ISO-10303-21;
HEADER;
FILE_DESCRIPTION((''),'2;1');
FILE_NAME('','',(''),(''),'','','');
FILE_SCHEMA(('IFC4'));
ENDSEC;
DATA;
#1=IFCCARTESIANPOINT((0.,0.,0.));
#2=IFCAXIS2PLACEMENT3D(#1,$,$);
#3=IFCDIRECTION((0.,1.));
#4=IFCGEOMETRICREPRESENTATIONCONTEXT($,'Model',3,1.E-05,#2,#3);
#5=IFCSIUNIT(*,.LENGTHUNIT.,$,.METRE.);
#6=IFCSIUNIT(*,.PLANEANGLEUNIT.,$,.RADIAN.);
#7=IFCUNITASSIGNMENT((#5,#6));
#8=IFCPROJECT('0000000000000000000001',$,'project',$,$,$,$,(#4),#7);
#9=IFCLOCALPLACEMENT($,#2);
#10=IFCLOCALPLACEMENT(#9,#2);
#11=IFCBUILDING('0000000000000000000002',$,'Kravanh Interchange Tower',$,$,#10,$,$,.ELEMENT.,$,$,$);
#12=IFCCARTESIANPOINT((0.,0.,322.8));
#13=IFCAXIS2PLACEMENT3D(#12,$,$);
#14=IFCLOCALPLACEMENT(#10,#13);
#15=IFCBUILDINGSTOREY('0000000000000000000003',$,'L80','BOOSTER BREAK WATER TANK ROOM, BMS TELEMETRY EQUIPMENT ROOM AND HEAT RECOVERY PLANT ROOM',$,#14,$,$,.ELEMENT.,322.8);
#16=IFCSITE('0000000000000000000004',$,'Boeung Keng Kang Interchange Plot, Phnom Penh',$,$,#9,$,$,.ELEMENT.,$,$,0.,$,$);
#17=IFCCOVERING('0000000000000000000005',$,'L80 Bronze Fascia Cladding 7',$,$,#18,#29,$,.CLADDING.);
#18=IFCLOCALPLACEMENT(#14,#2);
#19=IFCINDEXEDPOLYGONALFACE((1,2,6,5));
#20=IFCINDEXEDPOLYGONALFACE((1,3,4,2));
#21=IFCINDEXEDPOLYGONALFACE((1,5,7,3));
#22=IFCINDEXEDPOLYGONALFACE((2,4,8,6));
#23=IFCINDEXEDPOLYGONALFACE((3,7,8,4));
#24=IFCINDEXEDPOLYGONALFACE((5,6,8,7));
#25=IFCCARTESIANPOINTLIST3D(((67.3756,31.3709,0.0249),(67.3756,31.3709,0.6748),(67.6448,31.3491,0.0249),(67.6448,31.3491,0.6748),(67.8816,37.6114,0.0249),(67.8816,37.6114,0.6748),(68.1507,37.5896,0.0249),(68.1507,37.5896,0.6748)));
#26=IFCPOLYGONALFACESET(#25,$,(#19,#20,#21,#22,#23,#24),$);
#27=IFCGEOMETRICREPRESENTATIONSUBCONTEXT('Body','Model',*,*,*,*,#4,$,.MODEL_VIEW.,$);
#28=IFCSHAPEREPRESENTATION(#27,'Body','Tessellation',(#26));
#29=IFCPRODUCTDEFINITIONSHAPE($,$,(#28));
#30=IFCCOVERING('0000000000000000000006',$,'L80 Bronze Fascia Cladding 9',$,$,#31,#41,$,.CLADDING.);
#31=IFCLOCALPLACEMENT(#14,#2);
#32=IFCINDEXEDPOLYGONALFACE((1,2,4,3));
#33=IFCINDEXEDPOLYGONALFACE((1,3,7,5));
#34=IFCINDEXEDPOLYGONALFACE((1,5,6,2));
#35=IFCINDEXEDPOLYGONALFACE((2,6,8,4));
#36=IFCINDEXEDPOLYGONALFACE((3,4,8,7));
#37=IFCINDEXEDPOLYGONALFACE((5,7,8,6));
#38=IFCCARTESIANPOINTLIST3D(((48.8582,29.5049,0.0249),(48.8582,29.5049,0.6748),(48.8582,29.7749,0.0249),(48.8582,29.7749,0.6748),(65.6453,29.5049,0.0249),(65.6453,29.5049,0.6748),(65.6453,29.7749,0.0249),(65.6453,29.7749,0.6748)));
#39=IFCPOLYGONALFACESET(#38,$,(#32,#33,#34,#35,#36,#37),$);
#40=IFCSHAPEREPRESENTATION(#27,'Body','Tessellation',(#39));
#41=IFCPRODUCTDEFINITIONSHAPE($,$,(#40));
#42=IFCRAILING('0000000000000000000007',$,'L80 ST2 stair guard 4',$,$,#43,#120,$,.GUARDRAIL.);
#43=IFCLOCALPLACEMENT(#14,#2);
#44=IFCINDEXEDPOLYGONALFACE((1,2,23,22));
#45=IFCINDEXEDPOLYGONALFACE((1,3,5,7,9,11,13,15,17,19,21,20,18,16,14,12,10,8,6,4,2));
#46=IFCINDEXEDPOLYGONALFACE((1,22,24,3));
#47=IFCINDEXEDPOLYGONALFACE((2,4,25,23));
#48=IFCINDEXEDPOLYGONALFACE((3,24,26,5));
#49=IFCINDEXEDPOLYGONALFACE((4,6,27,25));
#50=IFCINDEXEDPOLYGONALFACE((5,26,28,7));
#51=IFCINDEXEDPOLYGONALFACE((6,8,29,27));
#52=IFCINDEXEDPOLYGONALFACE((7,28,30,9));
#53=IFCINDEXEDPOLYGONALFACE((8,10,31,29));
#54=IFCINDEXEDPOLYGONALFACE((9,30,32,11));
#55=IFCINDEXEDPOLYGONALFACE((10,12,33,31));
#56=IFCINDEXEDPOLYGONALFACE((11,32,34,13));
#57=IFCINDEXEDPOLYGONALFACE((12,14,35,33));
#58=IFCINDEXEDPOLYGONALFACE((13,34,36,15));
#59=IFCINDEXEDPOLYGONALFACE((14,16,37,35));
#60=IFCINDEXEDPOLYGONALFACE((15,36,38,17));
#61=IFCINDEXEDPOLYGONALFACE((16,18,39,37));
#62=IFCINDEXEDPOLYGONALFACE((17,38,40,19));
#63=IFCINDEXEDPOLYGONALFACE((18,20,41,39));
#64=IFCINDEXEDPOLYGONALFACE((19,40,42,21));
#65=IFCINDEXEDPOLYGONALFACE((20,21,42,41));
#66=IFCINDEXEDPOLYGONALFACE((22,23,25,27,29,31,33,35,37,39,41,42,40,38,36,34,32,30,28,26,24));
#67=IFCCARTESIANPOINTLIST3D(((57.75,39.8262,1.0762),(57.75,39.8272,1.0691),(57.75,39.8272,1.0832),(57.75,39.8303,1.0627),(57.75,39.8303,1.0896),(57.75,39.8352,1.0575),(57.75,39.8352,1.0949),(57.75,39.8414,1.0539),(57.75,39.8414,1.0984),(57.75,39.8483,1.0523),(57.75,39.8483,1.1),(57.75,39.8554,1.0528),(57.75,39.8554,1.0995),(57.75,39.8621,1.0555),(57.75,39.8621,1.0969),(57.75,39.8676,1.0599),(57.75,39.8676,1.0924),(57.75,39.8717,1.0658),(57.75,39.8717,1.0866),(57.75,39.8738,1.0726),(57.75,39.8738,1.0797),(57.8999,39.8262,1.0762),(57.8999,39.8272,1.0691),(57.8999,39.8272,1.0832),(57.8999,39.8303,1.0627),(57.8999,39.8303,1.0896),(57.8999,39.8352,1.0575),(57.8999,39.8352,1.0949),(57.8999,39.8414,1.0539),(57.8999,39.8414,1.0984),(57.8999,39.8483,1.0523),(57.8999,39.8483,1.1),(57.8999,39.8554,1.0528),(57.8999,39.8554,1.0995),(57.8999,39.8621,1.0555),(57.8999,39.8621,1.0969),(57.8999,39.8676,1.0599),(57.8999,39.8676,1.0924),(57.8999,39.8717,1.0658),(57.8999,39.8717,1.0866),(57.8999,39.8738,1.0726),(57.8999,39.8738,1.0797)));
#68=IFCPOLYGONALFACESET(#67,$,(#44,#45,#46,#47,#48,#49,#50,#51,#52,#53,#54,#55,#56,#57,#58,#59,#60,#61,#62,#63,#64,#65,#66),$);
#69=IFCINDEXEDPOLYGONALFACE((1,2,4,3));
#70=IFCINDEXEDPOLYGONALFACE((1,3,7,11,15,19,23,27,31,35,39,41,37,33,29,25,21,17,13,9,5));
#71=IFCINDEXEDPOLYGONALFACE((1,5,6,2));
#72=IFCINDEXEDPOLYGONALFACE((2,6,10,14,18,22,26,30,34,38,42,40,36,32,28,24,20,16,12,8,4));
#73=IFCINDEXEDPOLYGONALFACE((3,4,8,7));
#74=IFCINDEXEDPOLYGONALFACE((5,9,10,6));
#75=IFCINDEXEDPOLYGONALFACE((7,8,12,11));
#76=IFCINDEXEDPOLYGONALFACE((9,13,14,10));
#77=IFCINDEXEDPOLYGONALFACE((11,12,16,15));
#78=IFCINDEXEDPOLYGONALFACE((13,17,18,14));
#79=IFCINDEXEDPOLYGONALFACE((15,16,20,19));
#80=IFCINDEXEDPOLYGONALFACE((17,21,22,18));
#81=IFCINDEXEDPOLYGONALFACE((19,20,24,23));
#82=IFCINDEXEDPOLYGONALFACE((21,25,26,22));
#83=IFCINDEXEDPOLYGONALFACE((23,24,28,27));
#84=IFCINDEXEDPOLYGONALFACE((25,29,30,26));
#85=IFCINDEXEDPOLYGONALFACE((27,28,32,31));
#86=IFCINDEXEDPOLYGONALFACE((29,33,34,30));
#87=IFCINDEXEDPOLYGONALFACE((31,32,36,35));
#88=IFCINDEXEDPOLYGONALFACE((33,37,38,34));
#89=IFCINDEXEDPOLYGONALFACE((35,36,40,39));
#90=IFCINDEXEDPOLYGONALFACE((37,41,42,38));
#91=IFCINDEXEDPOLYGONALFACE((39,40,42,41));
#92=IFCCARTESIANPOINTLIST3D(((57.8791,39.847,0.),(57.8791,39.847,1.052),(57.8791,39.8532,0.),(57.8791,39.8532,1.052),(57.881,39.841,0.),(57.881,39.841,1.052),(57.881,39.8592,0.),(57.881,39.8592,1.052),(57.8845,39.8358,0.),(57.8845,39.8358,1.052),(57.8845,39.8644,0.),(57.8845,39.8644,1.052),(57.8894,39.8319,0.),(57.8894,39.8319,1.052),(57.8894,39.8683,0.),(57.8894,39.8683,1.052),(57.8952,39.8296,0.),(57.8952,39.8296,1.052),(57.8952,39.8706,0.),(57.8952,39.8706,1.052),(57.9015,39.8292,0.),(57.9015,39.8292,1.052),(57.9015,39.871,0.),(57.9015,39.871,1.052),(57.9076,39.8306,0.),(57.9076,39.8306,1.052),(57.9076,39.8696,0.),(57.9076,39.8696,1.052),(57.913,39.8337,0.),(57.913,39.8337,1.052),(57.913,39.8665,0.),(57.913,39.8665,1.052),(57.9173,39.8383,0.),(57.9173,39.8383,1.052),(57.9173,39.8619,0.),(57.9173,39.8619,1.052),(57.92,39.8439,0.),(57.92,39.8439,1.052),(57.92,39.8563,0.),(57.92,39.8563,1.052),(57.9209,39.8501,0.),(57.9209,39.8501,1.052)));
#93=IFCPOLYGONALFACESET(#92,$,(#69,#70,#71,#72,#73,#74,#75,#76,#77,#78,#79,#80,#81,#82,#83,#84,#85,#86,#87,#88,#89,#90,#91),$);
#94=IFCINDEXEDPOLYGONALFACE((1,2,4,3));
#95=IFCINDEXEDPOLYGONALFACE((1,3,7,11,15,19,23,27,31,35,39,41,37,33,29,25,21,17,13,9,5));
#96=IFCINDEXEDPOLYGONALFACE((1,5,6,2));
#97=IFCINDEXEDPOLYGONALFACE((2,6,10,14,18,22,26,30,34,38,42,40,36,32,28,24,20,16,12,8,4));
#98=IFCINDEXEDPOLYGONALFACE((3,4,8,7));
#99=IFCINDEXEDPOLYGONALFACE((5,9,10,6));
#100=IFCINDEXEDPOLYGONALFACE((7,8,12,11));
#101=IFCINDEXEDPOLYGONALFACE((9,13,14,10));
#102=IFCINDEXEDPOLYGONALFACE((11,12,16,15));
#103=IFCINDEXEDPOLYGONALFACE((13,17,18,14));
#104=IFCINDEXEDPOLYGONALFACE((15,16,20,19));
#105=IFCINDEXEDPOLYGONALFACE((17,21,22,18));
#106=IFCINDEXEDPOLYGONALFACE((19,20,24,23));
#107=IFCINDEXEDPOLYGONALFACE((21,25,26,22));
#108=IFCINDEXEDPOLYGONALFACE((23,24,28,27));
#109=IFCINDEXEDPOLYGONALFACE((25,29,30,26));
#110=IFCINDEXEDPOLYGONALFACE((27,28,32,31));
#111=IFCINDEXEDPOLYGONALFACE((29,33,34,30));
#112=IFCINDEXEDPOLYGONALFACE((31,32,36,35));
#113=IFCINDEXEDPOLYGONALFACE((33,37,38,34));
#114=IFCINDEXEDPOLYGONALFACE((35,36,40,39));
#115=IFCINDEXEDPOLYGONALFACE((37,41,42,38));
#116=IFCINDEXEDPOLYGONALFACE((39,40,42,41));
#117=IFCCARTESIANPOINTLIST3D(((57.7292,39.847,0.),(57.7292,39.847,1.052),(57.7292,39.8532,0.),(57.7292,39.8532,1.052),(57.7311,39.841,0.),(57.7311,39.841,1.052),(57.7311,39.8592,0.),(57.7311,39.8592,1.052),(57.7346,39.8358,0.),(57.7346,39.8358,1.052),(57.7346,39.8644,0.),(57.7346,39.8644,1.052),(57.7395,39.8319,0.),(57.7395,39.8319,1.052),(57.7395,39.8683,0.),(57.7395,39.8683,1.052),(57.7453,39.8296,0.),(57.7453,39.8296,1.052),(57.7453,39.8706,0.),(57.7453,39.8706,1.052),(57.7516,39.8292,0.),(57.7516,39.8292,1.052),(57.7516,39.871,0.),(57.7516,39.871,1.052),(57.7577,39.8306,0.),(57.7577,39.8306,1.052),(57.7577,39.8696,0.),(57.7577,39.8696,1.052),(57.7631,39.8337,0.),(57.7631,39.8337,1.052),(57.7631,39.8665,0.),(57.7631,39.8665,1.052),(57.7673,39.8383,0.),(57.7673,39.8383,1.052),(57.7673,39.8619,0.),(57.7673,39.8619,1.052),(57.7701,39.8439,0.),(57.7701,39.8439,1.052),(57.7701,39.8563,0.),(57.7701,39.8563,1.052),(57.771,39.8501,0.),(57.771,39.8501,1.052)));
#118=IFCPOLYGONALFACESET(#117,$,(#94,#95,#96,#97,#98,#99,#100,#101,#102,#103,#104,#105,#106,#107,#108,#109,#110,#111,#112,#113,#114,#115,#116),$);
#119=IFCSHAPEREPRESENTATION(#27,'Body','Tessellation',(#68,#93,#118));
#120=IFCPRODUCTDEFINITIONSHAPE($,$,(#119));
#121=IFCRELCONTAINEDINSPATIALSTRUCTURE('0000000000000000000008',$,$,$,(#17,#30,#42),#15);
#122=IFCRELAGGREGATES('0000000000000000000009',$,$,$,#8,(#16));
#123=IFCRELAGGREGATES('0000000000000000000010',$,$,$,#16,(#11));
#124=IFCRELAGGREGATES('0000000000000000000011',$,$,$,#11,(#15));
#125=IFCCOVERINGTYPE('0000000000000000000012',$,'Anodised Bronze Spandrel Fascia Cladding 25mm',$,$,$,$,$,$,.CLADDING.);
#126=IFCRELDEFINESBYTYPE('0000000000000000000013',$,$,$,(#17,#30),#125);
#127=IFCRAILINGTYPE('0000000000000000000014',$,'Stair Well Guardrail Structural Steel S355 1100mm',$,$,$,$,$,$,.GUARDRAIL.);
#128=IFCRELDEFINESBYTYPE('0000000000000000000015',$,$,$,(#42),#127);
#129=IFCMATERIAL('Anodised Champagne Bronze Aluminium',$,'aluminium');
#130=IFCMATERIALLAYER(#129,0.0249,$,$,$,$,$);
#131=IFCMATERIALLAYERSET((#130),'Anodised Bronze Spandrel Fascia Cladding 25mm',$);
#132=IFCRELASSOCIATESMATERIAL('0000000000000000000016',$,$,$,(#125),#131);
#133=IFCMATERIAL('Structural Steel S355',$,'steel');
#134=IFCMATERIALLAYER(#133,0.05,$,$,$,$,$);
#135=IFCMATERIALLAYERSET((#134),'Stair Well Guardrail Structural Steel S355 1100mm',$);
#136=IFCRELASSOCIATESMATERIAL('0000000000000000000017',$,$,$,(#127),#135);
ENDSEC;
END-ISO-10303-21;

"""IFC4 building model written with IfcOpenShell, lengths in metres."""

from ifc_helpers import new_model, si_unit, direction, frame, origin, origin_2d, place, context, subcontext, project, spatial, rectangle, circle, extrude, material, layer, layer_set, type_object, element, save


model = new_model("IFC4")

# Units and contexts
model_context = context("Model", 3, precision=1e-05, world=origin(), true_north=direction((0.0, 1.0)))
body_context = subcontext(model_context, "Body", "Model", "MODEL_VIEW")
ifc_project = project(units=[si_unit("LENGTHUNIT", "METRE"), si_unit("PLANEANGLEUNIT", "RADIAN")], contexts=[model_context])

# Site, building, storey
site_placement = place(None, origin())
site = spatial("IfcSite", under=ifc_project, at=site_placement, Name="Boeung Keng Kang Interchange Plot, Phnom Penh", CompositionType="ELEMENT", RefElevation=0.0)
building_placement = place(site_placement, origin())
building = spatial("IfcBuilding", under=site, at=building_placement, Name="Kravanh Interchange Tower", CompositionType="ELEMENT")
storey_placement = place(building_placement, frame((0.0, 0.0, 322.8)))
storey = spatial("IfcBuildingStorey", under=building, at=storey_placement, Name="L80", Description="BOOSTER BREAK WATER TANK ROOM, BMS TELEMETRY EQUIPMENT ROOM AND HEAT RECOVERY PLANT ROOM", CompositionType="ELEMENT", Elevation=322.8)

# Coverings
ifc_material_1 = material(Name="Anodised Champagne Bronze Aluminium", Category="aluminium")
ifc_layer_1 = layer(ifc_material_1, 0.0249)
ifc_layer_set_1 = layer_set([ifc_layer_1], Name="Anodised Bronze Spandrel Fascia Cladding 25mm")
covering_type = type_object("IfcCoveringType", Name="Anodised Bronze Spandrel Fascia Cladding 25mm", PredefinedType="CLADDING", material=ifc_layer_set_1)
covering_1_placement = place(storey_placement, frame((67.7632, 34.4802, 0.0249), z_axis=(0.0, 0.0, 1.0), x_axis=(-0.080817, -0.996729, 0.0)))
element("IfcCovering", 1, at=covering_1_placement, inside=storey, type_object=covering_type, Name="L80 Bronze Fascia Cladding 7", PredefinedType="CLADDING", context=body_context, shape_type="SweptSolid", body=[
    extrude(rectangle(XDim=6.261, YDim=0.27, at=origin_2d()), origin(), (0.0, 0.0, 1.0), 0.6499),
])
covering_2_placement = place(storey_placement, frame((57.2517, 29.6399, 0.0249), z_axis=(0.0, 0.0, 1.0), x_axis=(-1.0, 0.0, 0.0)))
element("IfcCovering", 2, at=covering_2_placement, inside=storey, type_object=covering_type, Name="L80 Bronze Fascia Cladding 9", PredefinedType="CLADDING", context=body_context, shape_type="SweptSolid", body=[
    extrude(rectangle(XDim=16.7871, YDim=0.27, at=origin_2d()), origin(), (0.0, 0.0, 1.0), 0.6499),
])

# Railing
ifc_material_2 = material(Name="Structural Steel S355", Category="steel")
ifc_layer_2 = layer(ifc_material_2, 0.05)
ifc_layer_set_2 = layer_set([ifc_layer_2], Name="Stair Well Guardrail Structural Steel S355 1100mm")
railing_type = type_object("IfcRailingType", Name="Stair Well Guardrail Structural Steel S355 1100mm", PredefinedType="GUARDRAIL", material=ifc_layer_set_2)
railing_placement = place(storey_placement, frame((57.8999, 39.8501, 0.0)))
element("IfcRailing", 3, at=railing_placement, inside=storey, type_object=railing_type, Name="L80 ST2 stair guard 4", PredefinedType="GUARDRAIL", context=body_context, shape_type="SweptSolid", body=[
    extrude(circle(Radius=0.0239, at=origin_2d()), frame((0.0, 0.0, 1.0762), z_axis=(-1.0, 0.0, 0.0), x_axis=(0.0, -1.0, 0.0)), (0.0, 0.0, 1.0), 0.1499),
    extrude(circle(Radius=0.021, at=origin_2d()), origin(), (0.0, 0.0, 1.0), 1.052),
    extrude(circle(Radius=0.021, at=origin_2d()), frame((-0.1499, 0.0, 0.0)), (0.0, 0.0, 1.0), 1.052),
])

save(model, "model.ifc")
